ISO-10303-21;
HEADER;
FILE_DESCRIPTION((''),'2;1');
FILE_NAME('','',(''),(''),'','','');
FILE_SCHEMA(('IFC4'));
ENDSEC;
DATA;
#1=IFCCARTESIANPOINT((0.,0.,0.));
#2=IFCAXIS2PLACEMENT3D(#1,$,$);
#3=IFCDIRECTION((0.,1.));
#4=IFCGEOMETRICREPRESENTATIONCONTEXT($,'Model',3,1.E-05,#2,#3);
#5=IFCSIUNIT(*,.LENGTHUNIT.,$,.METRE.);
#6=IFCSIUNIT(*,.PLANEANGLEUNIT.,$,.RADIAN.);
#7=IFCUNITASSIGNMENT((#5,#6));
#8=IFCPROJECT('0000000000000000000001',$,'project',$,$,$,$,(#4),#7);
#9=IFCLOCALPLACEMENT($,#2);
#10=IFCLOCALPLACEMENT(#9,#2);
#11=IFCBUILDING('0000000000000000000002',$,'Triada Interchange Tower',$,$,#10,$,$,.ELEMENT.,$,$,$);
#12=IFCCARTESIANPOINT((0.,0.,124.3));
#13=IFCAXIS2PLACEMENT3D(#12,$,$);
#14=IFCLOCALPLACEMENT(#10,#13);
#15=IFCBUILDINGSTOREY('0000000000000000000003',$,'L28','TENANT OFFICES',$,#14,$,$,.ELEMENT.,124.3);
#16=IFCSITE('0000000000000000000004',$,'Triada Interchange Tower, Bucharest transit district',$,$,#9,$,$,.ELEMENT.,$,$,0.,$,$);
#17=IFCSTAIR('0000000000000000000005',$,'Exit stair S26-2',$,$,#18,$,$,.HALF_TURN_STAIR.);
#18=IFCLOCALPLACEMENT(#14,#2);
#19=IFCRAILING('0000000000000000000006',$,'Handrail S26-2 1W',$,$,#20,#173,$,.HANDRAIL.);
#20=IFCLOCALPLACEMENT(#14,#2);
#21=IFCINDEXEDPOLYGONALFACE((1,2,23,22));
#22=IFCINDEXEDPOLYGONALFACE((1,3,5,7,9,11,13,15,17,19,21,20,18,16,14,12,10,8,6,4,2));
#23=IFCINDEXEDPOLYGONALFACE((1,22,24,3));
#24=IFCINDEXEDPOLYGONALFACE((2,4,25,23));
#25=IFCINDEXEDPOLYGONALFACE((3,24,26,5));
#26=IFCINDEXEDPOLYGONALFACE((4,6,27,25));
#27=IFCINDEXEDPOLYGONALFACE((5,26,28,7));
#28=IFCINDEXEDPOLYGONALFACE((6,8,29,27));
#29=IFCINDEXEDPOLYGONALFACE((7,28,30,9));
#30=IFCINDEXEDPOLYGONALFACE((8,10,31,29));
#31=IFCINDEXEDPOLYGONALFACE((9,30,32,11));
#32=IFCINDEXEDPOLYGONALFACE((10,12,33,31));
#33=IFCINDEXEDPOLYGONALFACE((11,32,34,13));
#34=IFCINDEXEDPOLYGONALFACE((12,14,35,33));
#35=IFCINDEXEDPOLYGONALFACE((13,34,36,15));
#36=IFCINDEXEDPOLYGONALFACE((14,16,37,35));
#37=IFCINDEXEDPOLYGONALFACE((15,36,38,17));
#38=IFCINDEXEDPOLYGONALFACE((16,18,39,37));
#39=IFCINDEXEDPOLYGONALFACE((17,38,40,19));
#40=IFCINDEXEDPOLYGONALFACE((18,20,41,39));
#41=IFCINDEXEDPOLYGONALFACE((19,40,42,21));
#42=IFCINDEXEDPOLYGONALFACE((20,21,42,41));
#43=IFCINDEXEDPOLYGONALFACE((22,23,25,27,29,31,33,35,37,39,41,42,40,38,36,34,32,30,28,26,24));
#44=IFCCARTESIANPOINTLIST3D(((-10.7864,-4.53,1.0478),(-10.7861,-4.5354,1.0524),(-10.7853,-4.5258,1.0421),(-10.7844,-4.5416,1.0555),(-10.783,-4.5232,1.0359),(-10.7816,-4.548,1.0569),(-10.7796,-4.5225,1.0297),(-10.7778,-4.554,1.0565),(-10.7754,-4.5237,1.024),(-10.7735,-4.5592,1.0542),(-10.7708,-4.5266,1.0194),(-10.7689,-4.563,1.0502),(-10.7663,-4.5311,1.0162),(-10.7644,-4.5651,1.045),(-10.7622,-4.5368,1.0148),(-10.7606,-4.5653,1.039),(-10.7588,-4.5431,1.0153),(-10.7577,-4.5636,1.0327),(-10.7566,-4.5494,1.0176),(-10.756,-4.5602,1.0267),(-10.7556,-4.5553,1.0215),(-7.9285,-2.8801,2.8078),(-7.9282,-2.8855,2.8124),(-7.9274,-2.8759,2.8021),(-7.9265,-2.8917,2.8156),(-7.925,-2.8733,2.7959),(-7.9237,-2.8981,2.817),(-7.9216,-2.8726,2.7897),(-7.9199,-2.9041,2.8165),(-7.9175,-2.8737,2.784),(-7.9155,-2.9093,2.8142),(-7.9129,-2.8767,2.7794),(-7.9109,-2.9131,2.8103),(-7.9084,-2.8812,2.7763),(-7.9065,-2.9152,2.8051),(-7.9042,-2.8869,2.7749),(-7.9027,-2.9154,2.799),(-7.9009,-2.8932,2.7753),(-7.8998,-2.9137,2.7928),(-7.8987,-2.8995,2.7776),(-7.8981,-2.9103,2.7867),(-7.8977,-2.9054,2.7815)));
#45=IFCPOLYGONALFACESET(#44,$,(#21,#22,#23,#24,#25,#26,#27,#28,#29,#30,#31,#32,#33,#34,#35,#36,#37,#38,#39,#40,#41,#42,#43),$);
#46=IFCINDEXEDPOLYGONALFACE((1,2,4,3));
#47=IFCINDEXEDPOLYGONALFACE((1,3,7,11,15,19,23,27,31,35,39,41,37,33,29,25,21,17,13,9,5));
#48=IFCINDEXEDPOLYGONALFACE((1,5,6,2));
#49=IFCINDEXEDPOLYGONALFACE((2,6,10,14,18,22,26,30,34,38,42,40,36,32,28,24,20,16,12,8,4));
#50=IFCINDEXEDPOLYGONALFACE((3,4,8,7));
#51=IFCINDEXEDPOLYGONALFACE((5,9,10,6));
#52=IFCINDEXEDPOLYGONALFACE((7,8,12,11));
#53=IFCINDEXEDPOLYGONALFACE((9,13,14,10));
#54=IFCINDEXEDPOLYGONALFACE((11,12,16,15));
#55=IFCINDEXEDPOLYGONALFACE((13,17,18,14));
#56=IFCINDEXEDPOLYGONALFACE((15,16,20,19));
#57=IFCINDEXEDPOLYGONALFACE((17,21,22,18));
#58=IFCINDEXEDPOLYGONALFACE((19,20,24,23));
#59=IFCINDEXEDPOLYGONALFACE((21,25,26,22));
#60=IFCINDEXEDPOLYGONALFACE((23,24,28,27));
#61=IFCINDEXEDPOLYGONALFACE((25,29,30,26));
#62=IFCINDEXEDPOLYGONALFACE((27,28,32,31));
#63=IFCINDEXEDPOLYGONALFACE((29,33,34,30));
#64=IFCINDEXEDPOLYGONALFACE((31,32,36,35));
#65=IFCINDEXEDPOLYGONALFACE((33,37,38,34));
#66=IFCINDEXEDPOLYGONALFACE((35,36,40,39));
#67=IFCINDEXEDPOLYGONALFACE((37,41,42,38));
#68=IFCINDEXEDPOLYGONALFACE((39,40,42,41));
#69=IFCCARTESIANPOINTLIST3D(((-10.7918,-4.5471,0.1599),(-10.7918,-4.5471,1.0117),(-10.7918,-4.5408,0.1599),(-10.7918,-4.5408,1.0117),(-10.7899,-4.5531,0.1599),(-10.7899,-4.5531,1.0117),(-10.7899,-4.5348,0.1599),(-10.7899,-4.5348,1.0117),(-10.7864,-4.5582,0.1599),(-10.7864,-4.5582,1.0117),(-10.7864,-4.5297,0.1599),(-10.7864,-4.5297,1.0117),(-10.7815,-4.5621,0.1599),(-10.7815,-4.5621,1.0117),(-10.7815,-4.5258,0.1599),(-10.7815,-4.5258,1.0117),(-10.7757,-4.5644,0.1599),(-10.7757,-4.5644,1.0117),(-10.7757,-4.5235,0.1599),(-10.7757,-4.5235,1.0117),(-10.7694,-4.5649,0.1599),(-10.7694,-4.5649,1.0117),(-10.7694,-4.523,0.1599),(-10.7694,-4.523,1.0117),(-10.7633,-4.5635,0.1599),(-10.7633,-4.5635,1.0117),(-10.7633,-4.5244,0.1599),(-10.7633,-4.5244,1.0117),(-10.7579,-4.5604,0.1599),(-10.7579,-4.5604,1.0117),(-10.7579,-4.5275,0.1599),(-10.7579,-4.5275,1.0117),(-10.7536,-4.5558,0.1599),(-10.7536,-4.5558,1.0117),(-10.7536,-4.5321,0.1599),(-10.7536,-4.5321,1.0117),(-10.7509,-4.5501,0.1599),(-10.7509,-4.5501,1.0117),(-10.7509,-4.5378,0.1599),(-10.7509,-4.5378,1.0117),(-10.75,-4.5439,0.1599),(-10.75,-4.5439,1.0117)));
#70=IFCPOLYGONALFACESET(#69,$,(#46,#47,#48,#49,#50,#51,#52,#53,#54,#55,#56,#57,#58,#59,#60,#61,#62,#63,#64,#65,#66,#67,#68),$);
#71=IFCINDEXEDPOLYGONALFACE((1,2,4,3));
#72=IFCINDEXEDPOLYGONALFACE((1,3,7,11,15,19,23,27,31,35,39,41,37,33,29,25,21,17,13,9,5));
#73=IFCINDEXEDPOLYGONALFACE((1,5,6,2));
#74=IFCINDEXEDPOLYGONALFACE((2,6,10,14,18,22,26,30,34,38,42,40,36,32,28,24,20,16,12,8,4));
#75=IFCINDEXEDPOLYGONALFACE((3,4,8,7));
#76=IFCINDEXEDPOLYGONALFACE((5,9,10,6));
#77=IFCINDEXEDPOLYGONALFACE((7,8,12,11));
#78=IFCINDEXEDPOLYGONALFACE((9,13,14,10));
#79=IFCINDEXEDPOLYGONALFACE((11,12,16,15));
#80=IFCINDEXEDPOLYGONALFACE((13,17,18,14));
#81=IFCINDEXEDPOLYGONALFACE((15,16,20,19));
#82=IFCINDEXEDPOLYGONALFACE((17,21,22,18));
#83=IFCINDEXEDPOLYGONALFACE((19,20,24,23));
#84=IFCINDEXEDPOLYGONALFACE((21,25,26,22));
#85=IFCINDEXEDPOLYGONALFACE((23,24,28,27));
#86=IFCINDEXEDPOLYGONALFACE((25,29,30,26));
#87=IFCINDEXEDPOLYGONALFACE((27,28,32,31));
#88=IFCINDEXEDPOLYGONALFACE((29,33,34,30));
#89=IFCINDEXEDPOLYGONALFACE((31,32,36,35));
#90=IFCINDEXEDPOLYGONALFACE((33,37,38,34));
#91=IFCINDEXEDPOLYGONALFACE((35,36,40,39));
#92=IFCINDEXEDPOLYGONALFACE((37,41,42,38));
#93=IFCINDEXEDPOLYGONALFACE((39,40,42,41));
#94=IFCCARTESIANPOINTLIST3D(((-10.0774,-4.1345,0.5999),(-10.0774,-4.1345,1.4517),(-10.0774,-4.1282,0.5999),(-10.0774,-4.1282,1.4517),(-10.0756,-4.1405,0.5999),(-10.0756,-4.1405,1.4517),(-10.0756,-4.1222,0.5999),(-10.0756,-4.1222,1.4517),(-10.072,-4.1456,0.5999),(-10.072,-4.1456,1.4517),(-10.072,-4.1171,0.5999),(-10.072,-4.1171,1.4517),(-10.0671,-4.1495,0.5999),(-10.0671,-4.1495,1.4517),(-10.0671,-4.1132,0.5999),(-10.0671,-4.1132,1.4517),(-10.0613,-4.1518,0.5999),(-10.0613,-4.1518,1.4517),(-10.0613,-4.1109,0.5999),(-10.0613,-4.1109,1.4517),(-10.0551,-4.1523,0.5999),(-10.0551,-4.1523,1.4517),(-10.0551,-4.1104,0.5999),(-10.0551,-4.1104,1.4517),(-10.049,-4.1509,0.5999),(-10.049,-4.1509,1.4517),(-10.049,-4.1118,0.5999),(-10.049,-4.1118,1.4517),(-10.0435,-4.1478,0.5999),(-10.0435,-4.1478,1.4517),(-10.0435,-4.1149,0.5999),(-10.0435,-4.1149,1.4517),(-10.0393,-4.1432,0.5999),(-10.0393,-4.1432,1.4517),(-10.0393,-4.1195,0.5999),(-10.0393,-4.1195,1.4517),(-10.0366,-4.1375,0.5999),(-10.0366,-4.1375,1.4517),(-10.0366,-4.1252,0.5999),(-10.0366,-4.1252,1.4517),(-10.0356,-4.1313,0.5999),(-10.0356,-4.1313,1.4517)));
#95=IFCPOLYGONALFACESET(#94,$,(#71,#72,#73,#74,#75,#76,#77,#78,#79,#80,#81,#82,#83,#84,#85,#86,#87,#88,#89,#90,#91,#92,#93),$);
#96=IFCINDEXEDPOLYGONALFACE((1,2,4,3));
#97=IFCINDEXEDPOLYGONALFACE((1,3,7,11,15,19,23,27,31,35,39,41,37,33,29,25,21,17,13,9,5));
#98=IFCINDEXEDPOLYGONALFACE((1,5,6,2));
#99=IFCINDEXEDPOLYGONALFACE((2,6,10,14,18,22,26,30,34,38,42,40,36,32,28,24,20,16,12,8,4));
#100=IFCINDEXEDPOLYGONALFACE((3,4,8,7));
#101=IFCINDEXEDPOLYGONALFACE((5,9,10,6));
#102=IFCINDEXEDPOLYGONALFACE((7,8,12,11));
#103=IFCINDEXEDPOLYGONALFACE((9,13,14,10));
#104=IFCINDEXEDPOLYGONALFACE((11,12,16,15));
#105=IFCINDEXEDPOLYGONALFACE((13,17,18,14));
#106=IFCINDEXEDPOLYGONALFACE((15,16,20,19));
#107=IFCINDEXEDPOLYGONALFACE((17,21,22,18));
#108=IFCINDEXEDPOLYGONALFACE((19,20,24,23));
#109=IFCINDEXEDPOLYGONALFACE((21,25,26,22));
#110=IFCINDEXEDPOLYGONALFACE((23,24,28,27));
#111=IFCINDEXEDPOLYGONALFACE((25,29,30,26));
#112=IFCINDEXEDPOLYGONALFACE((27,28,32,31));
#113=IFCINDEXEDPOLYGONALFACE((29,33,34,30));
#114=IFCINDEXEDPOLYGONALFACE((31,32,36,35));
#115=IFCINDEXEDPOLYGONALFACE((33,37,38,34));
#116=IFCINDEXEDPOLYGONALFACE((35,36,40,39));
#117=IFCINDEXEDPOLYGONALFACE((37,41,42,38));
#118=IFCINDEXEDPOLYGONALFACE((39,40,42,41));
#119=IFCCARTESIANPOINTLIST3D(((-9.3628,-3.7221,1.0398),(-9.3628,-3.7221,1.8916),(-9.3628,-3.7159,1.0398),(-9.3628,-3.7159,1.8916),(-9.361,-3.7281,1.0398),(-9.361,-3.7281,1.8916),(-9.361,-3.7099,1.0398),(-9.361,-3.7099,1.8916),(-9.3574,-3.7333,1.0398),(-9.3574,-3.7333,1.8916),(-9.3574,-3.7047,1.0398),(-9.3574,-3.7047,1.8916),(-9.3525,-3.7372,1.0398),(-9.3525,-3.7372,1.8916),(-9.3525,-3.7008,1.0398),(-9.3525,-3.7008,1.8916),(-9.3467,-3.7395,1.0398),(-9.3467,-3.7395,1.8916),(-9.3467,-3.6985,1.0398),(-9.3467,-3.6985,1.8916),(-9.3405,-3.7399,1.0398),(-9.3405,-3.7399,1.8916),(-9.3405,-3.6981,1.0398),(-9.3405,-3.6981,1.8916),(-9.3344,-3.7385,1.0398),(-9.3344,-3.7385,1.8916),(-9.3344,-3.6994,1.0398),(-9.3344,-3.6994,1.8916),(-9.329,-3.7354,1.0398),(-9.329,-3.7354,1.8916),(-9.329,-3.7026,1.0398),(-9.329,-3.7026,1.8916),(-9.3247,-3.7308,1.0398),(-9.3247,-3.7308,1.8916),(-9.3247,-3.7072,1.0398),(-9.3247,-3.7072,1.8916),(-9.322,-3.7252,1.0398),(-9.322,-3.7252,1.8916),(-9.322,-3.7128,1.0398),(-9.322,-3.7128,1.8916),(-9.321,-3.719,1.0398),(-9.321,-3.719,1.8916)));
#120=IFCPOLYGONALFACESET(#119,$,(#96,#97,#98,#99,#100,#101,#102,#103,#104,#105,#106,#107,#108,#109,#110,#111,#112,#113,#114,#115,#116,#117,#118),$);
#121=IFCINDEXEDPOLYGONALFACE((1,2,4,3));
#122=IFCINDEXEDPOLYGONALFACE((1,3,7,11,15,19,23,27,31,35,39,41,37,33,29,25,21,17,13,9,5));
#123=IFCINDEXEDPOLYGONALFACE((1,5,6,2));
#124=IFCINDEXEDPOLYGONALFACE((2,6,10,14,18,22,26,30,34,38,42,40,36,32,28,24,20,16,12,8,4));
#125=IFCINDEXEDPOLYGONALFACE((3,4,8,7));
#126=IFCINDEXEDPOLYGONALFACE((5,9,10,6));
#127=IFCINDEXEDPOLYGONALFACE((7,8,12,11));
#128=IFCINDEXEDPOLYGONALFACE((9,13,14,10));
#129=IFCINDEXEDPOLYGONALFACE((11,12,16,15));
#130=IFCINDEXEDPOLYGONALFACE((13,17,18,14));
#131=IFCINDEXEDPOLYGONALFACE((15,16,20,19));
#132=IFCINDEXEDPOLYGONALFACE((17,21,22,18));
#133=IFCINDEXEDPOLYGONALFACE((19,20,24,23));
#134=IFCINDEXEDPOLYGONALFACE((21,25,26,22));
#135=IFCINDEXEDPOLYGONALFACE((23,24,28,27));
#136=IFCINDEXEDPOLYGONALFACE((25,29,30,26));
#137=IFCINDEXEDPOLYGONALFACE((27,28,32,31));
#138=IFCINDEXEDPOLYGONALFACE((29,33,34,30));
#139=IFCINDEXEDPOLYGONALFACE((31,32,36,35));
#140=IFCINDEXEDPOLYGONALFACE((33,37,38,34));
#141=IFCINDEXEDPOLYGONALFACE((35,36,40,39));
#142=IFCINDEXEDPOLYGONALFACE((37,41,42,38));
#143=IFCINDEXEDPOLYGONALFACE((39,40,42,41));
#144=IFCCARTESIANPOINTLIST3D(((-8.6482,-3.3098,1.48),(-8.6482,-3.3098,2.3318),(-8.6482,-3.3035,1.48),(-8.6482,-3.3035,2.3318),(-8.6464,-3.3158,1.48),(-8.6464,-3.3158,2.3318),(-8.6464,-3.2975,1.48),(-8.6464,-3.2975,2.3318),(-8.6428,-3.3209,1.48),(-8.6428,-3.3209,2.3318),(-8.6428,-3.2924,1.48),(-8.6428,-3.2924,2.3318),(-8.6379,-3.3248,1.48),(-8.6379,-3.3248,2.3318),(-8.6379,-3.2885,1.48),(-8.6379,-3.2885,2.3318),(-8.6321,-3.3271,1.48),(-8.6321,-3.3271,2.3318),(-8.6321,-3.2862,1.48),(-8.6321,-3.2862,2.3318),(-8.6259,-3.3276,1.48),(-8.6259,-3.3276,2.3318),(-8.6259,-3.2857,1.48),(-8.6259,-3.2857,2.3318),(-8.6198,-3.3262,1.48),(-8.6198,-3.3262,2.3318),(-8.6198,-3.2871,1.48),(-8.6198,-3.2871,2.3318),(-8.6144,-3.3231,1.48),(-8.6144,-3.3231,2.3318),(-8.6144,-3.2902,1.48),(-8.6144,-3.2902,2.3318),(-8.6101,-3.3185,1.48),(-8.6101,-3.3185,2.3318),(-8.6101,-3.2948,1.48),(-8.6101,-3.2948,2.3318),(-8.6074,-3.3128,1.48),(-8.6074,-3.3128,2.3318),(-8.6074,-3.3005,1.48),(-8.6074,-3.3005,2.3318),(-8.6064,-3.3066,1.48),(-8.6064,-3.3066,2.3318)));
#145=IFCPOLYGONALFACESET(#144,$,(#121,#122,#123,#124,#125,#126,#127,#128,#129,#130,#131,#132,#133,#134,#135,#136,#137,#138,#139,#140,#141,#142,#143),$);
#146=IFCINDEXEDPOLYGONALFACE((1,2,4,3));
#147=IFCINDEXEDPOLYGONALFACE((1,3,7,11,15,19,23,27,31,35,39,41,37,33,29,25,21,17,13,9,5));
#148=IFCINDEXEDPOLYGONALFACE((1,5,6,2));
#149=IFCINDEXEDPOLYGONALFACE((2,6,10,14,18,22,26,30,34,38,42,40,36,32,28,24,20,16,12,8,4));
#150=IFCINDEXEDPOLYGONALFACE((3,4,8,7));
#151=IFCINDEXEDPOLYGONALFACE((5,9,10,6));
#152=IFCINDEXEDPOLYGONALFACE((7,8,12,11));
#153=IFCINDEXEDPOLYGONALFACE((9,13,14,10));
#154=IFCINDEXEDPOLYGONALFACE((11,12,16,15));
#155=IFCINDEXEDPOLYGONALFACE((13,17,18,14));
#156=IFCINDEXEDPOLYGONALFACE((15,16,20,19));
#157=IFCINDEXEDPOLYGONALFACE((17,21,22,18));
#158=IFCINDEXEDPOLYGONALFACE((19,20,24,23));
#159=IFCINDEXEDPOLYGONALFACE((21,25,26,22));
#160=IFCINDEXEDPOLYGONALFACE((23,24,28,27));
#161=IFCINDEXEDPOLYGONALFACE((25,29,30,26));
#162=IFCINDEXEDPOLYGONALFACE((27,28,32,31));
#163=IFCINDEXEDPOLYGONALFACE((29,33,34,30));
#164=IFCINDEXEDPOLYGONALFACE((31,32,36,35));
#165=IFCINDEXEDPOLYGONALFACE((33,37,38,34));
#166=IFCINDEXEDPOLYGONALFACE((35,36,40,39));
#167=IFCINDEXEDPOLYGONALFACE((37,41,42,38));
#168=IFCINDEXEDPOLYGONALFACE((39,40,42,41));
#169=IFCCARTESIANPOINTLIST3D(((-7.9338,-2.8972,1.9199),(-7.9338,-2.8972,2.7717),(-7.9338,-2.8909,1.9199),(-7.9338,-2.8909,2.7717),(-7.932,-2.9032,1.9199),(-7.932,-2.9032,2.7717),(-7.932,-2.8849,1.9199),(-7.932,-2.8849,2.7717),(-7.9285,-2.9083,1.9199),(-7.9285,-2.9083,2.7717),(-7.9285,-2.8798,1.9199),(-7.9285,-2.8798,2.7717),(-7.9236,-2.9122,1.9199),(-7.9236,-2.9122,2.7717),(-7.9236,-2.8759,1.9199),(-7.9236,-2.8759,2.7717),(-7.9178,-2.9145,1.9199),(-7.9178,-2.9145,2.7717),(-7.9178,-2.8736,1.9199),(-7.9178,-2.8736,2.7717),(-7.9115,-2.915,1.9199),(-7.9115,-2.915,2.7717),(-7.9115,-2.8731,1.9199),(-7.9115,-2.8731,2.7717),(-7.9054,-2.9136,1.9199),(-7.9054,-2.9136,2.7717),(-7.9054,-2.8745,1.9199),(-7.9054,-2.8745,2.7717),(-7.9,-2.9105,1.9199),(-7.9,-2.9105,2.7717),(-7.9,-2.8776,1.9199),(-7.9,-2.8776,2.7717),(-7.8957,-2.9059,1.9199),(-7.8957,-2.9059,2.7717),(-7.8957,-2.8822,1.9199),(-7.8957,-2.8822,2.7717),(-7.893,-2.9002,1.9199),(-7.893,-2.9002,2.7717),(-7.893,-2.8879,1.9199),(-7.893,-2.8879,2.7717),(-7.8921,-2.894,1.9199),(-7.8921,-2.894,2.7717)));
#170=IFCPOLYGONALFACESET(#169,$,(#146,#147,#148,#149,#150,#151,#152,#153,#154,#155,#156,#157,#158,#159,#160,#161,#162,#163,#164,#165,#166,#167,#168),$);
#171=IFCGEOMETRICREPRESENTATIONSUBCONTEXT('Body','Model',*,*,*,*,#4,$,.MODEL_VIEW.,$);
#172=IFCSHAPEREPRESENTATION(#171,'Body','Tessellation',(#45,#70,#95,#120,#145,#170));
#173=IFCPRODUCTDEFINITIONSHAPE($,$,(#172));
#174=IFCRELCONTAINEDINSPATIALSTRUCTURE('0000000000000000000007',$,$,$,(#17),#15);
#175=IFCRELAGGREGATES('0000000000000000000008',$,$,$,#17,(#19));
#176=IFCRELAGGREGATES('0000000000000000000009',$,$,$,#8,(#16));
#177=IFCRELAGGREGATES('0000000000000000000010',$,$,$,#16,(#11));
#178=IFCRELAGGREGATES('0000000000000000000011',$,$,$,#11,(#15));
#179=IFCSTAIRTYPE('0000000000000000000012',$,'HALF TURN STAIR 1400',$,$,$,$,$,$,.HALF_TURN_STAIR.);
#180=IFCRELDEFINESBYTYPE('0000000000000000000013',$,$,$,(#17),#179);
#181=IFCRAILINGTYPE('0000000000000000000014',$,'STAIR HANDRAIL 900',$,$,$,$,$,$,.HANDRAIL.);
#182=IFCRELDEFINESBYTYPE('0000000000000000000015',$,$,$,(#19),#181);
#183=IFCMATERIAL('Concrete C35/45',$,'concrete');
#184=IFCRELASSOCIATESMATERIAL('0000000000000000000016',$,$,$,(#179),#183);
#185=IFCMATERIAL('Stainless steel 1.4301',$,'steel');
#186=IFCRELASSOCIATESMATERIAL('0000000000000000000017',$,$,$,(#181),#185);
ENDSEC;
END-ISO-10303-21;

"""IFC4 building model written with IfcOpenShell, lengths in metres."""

from ifc_helpers import new_model, si_unit, direction, frame, origin, origin_2d, place, context, subcontext, project, spatial, circle, extrude, material, type_object, element, aggregate, save


model = new_model("IFC4")

# Units and contexts
model_context = context("Model", 3, precision=1e-05, world=origin(), true_north=direction((0.0, 1.0)))
body_context = subcontext(model_context, "Body", "Model", "MODEL_VIEW")
ifc_project = project(units=[si_unit("LENGTHUNIT", "METRE"), si_unit("PLANEANGLEUNIT", "RADIAN")], contexts=[model_context])

# Site, building, storey
site_placement = place(None, origin())
site = spatial("IfcSite", under=ifc_project, at=site_placement, Name="Triada Interchange Tower, Bucharest transit district", CompositionType="ELEMENT", RefElevation=0.0)
building_placement = place(site_placement, origin())
building = spatial("IfcBuilding", under=site, at=building_placement, Name="Triada Interchange Tower", CompositionType="ELEMENT")
storey_placement = place(building_placement, frame((0.0, 0.0, 124.3)))
storey = spatial("IfcBuildingStorey", under=building, at=storey_placement, Name="L28", Description="TENANT OFFICES", CompositionType="ELEMENT", Elevation=124.3)

# Stair, railing
ifc_material_1 = material(Name="Concrete C35/45", Category="concrete")
stair_type = type_object("IfcStairType", Name="HALF TURN STAIR 1400", PredefinedType="HALF_TURN_STAIR", material=ifc_material_1)
stair_placement = place(storey_placement, origin())
stair = element("IfcStair", 1, at=stair_placement, inside=storey, type_object=stair_type, Name="Exit stair S26-2", PredefinedType="HALF_TURN_STAIR")
ifc_material_2 = material(Name="Stainless steel 1.4301", Category="steel")
railing_type = type_object("IfcRailingType", Name="STAIR HANDRAIL 900", PredefinedType="HANDRAIL", material=ifc_material_2)
railing_1_placement = place(storey_placement, frame((-10.771, -4.5439, 0.1599)))
railing_1 = element("IfcRailing", 2, at=railing_1_placement, type_object=railing_type, Name="Handrail S26-2 1W", PredefinedType="HANDRAIL", context=body_context, shape_type="SweptSolid", body=[
    extrude(circle(Radius=0.0239, at=origin_2d()), frame((0.0, 0.0, 0.876), z_axis=(0.764151, 0.441153, 0.470593), x_axis=(-0.499974, 0.86604, 0.0)), (0.0, 0.0, 1.0), 3.74),
    extrude(circle(Radius=0.021, at=origin_2d()), origin(), (0.0, 0.0, 1.0), 0.8518),
    extrude(circle(Radius=0.021, at=origin_2d()), frame((0.7144, 0.4126, 0.4399)), (0.0, 0.0, 1.0), 0.8518),
    extrude(circle(Radius=0.021, at=origin_2d()), frame((1.429, 0.825, 0.8799)), (0.0, 0.0, 1.0), 0.8518),
    extrude(circle(Radius=0.021, at=origin_2d()), frame((2.1436, 1.2373, 1.3201)), (0.0, 0.0, 1.0), 0.8518),
    extrude(circle(Radius=0.021, at=origin_2d()), frame((2.8579, 1.6499, 1.76)), (0.0, 0.0, 1.0), 0.8518),
])
aggregate(stair, [railing_1])

save(model, "model.ifc")
